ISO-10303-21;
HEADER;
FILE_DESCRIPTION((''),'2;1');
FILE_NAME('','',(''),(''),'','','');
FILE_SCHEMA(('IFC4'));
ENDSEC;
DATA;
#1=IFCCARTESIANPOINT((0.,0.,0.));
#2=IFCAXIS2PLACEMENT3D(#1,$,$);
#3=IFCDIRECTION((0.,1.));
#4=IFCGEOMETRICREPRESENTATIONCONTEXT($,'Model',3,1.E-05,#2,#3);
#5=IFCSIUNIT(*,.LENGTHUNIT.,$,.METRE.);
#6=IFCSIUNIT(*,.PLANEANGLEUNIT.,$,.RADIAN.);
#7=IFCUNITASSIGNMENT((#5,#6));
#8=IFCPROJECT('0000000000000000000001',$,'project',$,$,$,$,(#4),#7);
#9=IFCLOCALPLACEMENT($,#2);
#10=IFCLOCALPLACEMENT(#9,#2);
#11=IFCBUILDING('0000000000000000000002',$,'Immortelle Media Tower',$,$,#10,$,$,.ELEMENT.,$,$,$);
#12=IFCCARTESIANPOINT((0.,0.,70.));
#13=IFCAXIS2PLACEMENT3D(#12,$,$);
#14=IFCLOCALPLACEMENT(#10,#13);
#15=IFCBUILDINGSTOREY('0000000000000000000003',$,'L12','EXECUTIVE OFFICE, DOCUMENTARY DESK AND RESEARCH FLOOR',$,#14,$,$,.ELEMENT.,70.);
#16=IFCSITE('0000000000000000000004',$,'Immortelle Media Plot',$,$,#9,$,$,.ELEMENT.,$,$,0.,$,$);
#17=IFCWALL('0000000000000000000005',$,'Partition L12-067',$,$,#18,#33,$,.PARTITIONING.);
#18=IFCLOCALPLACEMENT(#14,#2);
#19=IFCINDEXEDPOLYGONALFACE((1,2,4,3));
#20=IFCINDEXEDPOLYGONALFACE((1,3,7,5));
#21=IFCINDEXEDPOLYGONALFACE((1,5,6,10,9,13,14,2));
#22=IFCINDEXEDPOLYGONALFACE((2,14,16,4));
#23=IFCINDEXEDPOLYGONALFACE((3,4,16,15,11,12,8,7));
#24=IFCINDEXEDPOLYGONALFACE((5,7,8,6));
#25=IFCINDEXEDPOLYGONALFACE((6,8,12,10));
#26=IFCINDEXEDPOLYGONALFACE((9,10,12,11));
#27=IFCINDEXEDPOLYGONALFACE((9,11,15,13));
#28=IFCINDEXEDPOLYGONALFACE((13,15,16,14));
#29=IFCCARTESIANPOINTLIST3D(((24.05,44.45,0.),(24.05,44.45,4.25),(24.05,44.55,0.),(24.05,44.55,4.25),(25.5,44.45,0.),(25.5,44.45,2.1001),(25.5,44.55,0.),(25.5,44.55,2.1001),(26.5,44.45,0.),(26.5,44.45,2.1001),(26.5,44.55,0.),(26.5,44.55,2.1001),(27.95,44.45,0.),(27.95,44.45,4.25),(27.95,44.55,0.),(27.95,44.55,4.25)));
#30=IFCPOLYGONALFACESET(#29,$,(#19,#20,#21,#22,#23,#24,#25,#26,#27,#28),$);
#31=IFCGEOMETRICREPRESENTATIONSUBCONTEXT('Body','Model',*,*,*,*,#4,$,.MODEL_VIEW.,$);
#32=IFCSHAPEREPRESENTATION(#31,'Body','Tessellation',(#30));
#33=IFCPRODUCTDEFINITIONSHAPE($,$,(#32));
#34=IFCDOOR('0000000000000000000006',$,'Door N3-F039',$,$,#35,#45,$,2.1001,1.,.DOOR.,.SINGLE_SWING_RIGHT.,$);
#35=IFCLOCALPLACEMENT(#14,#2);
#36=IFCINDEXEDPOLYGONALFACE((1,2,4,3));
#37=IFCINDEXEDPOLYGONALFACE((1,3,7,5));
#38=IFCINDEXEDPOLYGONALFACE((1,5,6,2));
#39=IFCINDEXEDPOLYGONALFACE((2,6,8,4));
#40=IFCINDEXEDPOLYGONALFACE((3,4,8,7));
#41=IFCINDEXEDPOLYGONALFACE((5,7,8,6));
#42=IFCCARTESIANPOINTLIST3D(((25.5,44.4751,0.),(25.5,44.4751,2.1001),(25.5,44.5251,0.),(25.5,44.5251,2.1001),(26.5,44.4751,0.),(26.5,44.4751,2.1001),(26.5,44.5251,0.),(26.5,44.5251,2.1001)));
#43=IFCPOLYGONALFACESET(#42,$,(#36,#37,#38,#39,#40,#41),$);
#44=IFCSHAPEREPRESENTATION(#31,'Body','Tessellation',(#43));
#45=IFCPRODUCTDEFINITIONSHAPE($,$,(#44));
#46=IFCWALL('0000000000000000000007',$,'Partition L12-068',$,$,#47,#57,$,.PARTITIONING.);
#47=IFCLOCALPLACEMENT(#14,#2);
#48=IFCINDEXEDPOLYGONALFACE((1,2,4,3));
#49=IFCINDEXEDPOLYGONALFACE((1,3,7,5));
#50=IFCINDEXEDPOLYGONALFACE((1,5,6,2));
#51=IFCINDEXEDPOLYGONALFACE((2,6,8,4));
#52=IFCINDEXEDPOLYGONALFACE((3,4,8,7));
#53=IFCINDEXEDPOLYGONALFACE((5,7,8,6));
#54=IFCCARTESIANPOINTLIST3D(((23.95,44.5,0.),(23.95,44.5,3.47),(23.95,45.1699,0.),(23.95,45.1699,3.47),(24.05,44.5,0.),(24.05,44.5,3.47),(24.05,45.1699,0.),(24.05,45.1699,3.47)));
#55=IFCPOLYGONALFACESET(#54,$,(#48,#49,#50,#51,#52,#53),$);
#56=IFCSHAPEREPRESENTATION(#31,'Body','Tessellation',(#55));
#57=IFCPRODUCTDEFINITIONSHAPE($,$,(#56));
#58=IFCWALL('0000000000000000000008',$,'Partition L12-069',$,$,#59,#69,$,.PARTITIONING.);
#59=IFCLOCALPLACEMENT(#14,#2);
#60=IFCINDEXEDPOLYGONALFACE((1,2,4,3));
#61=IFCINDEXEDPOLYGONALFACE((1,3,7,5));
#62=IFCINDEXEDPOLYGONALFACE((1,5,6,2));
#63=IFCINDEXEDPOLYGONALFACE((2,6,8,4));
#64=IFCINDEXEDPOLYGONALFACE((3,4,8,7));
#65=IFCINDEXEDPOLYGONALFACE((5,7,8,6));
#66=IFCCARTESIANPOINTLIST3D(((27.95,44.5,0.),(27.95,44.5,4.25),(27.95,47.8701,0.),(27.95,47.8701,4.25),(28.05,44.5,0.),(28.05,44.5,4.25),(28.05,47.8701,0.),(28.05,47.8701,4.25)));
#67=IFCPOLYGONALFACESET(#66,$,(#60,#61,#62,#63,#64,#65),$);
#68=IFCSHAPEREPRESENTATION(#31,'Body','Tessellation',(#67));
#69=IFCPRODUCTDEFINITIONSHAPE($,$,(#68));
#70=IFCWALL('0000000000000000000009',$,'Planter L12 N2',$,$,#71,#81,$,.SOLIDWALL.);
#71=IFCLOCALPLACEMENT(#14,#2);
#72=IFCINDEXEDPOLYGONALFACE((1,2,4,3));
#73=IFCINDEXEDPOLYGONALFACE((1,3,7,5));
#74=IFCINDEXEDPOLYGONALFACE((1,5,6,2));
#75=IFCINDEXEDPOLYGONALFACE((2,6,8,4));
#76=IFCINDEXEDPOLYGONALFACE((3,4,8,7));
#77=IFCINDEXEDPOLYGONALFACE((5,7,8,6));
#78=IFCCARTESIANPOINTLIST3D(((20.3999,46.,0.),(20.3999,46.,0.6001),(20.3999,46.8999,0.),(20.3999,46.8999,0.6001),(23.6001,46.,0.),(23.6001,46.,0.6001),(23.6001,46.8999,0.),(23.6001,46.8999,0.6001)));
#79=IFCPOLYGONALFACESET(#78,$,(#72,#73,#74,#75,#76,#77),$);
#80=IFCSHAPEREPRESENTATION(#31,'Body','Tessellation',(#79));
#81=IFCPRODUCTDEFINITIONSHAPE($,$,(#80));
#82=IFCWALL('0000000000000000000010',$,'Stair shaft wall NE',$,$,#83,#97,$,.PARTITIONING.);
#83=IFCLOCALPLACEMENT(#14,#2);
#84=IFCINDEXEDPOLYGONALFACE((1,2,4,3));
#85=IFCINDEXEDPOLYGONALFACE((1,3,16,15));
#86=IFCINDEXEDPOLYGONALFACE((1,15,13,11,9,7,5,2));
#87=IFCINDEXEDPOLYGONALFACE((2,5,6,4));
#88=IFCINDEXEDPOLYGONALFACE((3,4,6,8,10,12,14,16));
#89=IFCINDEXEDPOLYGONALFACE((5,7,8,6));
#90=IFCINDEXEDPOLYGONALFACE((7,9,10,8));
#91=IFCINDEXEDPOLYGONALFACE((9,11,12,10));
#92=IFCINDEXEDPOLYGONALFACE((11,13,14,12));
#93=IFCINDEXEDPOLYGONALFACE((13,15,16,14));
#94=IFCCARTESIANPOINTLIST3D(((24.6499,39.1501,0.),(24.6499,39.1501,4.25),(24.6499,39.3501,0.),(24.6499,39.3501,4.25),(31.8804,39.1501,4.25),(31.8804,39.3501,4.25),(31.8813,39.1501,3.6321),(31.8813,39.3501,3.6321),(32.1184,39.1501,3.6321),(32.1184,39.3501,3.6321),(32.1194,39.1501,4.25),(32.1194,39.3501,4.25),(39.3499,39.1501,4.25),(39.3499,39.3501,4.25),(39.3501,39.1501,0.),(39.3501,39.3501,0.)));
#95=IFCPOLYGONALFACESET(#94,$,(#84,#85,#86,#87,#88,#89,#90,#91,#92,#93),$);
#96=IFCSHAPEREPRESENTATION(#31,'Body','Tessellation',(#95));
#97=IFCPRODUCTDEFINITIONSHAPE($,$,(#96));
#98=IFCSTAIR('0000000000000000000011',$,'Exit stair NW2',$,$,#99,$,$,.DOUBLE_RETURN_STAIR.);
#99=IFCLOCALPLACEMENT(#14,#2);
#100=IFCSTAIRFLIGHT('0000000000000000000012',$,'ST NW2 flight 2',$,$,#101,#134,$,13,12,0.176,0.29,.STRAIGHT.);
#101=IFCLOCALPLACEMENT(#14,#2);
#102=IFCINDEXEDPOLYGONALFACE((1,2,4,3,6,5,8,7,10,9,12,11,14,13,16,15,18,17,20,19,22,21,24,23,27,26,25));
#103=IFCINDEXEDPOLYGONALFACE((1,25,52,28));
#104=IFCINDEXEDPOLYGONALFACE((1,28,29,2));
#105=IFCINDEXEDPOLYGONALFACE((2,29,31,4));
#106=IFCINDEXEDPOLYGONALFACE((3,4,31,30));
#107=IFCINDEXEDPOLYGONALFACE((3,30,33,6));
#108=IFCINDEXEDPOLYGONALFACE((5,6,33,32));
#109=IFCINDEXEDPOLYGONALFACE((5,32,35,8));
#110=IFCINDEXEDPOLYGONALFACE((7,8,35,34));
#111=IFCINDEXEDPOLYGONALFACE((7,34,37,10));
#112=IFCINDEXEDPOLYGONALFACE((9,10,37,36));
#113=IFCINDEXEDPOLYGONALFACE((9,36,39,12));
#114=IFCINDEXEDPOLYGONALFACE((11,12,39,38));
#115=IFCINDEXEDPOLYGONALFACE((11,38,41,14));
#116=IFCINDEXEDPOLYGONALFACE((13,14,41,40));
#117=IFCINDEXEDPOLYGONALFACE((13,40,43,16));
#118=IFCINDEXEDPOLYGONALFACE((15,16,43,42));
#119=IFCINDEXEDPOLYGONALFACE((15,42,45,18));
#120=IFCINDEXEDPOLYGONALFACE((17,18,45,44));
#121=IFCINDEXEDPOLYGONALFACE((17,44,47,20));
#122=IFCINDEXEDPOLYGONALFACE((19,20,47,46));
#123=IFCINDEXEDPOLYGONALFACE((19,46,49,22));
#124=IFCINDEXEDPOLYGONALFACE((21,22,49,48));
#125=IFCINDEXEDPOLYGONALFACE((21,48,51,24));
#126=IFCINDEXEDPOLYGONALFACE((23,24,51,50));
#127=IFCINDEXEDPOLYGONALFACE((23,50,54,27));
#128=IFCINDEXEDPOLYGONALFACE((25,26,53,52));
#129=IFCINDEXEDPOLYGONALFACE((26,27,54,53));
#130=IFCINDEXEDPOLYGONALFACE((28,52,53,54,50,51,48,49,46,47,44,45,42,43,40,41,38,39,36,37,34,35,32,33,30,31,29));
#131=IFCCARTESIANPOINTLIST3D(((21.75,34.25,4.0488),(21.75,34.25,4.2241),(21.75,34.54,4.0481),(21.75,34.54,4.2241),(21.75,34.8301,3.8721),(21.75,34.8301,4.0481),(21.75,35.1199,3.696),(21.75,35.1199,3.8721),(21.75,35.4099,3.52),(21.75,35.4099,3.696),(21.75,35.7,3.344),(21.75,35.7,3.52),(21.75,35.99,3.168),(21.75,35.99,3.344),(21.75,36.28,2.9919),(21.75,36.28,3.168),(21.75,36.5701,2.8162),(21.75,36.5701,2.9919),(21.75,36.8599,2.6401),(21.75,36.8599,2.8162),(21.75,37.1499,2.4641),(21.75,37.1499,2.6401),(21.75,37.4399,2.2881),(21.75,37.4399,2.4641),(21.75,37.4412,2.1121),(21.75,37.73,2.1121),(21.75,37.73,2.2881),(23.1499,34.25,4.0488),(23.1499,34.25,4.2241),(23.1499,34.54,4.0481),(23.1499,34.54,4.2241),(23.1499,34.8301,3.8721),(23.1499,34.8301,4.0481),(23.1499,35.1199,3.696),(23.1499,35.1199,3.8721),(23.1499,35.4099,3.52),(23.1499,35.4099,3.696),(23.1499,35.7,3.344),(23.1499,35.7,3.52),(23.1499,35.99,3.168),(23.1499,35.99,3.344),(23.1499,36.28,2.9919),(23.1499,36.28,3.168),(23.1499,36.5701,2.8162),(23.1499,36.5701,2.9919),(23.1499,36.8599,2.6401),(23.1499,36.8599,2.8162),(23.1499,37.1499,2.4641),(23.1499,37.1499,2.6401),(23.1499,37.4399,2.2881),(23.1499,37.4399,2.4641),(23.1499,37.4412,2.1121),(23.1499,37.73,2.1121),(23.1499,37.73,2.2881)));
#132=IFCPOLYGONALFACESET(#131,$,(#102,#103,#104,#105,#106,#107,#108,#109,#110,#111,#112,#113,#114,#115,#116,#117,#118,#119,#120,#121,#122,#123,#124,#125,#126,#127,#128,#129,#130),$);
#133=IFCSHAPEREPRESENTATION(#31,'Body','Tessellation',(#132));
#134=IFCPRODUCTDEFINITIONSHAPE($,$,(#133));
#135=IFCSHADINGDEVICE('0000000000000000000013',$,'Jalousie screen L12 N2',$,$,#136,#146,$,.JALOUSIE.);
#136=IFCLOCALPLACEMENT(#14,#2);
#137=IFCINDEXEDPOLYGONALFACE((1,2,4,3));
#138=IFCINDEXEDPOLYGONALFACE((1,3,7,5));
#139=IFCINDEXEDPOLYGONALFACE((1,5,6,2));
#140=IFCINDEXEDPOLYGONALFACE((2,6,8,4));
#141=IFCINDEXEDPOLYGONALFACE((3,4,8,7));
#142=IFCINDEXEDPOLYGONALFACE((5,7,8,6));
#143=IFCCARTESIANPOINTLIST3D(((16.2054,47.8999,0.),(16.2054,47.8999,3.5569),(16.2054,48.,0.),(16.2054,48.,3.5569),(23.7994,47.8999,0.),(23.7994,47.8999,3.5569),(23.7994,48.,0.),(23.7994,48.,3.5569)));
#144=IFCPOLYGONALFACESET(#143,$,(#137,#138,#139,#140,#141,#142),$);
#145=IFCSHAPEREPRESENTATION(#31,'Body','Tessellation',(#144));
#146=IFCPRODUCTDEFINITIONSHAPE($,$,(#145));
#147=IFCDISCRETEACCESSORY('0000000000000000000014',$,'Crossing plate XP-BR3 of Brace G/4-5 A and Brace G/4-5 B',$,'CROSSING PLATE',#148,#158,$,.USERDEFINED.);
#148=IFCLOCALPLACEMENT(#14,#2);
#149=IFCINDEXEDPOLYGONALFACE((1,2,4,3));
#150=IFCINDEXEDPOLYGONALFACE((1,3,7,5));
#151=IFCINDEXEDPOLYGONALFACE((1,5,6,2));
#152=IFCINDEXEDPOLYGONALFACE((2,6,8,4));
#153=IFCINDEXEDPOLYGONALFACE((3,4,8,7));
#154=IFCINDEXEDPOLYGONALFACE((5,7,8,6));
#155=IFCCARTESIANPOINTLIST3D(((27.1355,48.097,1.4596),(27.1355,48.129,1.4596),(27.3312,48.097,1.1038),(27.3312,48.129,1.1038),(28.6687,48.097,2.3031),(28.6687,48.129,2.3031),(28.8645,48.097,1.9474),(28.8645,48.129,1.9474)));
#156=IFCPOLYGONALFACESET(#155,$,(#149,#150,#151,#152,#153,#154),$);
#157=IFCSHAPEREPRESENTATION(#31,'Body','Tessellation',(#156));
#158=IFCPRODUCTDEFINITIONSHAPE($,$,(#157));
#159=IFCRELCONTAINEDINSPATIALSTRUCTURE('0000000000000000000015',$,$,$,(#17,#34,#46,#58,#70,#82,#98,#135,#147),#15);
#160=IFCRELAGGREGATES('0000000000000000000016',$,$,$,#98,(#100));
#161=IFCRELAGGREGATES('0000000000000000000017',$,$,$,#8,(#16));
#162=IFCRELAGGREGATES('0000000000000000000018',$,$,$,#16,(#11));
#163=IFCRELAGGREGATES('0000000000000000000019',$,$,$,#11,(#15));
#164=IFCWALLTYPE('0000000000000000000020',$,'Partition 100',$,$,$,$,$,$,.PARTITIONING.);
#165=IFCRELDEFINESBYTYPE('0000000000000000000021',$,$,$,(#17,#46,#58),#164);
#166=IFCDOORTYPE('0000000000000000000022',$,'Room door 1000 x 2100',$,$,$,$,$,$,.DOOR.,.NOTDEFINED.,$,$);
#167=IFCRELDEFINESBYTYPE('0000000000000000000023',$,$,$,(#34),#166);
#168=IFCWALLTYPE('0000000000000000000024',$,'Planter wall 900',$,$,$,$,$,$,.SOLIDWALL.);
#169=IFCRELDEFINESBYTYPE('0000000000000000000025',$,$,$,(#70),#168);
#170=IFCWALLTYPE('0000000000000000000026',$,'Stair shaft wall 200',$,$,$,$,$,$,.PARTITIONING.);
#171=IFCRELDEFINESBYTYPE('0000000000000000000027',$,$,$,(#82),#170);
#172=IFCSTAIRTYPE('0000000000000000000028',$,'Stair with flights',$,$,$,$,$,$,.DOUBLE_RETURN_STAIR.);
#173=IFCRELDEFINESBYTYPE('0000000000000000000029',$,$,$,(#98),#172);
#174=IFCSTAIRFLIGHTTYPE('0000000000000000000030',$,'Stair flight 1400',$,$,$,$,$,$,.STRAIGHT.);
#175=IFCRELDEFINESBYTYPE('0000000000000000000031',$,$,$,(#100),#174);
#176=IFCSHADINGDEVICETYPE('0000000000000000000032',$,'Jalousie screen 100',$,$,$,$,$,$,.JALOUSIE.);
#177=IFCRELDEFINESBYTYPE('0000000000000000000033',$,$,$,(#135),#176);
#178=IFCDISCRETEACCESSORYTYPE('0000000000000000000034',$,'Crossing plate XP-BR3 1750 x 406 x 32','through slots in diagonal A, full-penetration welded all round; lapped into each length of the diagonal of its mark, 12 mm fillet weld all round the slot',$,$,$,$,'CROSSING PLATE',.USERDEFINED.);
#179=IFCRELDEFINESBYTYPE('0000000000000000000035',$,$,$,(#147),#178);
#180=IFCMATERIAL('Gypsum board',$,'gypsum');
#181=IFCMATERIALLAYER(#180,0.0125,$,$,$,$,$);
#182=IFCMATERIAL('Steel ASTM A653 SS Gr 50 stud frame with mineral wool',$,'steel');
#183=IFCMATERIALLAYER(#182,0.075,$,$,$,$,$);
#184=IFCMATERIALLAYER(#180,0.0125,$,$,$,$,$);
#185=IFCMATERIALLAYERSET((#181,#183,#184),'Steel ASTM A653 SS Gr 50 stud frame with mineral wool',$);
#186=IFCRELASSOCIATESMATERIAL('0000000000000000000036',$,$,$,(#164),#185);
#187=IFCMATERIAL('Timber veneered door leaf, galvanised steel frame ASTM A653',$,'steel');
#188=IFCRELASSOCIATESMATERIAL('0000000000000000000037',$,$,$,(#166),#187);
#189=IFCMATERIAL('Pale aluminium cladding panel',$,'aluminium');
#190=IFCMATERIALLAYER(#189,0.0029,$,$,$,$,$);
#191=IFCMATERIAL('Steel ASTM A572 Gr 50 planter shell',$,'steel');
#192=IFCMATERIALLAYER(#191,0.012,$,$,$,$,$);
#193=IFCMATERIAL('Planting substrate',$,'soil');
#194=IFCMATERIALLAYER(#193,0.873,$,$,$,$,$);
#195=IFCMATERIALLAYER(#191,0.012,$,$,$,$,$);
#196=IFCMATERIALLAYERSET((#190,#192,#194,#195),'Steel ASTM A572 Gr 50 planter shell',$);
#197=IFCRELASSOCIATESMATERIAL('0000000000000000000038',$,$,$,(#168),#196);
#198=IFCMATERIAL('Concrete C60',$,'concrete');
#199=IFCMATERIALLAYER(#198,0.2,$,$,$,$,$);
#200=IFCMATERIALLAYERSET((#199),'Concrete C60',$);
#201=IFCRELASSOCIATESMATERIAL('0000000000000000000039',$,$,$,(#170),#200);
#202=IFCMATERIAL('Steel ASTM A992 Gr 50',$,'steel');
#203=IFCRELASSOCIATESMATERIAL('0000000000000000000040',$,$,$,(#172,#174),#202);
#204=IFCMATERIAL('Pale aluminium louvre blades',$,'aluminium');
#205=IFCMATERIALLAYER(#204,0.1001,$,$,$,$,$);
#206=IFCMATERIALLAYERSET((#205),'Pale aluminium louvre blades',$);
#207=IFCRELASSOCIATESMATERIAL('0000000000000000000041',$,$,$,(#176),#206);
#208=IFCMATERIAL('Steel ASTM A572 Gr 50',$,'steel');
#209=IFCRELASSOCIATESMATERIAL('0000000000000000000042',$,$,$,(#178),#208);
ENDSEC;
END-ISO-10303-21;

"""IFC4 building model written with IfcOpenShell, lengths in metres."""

from ifc_helpers import new_model, si_unit, direction, frame, frame_2d, origin, origin_2d, place, context, subcontext, project, spatial, polyline, rectangle, outline, extrude, material, layer, layer_set, material_profile, profile_set, type_object, element, fill, aggregate, save


model = new_model("IFC4")

# Units and contexts
model_context = context("Model", 3, precision=1e-05, world=origin(), true_north=direction((0.0, 1.0)))
body_context = subcontext(model_context, "Body", "Model", "MODEL_VIEW")
ifc_project = project(units=[si_unit("LENGTHUNIT", "METRE"), si_unit("PLANEANGLEUNIT", "RADIAN")], contexts=[model_context])

# Site, building, storey
site_placement = place(None, origin())
site = spatial("IfcSite", under=ifc_project, at=site_placement, Name="Immortelle Media Plot", CompositionType="ELEMENT", RefElevation=0.0)
building_placement = place(site_placement, origin())
building = spatial("IfcBuilding", under=site, at=building_placement, Name="Immortelle Media Tower", CompositionType="ELEMENT")
storey_placement = place(building_placement, frame((0.0, 0.0, 70.0)))
storey = spatial("IfcBuildingStorey", under=building, at=storey_placement, Name="L12", Description="EXECUTIVE OFFICE, DOCUMENTARY DESK AND RESEARCH FLOOR", CompositionType="ELEMENT", Elevation=70.0)

# Shared definitions
ifc_material_1 = material(Name="Steel ASTM A992 Gr 50", Category="steel")

# Shared definitions
ifc_material_2 = material(Name="Pale aluminium cladding panel", Category="aluminium")
ifc_material_3 = material(Name="Steel ASTM A653 SS Gr 50 stud frame with mineral wool", Category="steel")

# Shared definitions
ifc_material_4 = material(Name="Gypsum board", Category="gypsum")
ifc_layer_1 = layer(ifc_material_4, 0.0125)
ifc_layer_2 = layer(ifc_material_3, 0.075)
ifc_layer_3 = layer(ifc_material_4, 0.0125)
ifc_layer_set_1 = layer_set([ifc_layer_1, ifc_layer_2, ifc_layer_3], Name="Steel ASTM A653 SS Gr 50 stud frame with mineral wool")
wall_type_1 = type_object("IfcWallType", Name="Partition 100", PredefinedType="PARTITIONING", material=ifc_layer_set_1)

# Wall, opening, door
wall_1_placement = place(storey_placement, frame((24.05, 44.5, 0.0), z_axis=(0.0, 0.0, 1.0), x_axis=(1.0, 0.0, 0.0)))
wall_1 = element("IfcWall", 1, at=wall_1_placement, inside=storey, type_object=wall_type_1, Name="Partition L12-067", PredefinedType="PARTITIONING", context=body_context, shape_type="SweptSolid", body=[
    extrude(rectangle(XDim=3.8999, YDim=0.1001, at=frame_2d((1.95, 0.0))), origin(), (0.0, 0.0, 1.0), 4.25),
])
opening_1_placement = place(wall_1_placement, frame((2.45, 0.0, 0.0), z_axis=(0.0, 0.0, 1.0), x_axis=(-1.0, 0.0, 0.0)))
opening_1 = element("IfcOpeningElement", 2, at=opening_1_placement, cuts=wall_1, PredefinedType="OPENING", context=body_context, shape_type="SweptSolid", body=[
    extrude(rectangle(XDim=1.0, YDim=2.1001, at=frame_2d((0.5, 1.05))), frame((0.0, 0.0601, 0.0), z_axis=(0.0, -1.0, 0.0), x_axis=(1.0, 0.0, 0.0)), (0.0, 0.0, 1.0), 0.1201),
])
ifc_material_5 = material(Name="Timber veneered door leaf, galvanised steel frame ASTM A653", Category="steel")
door_type_1 = type_object("IfcDoorType", Name="Room door 1000 x 2100", OperationType="NOTDEFINED", PredefinedType="DOOR", material=ifc_material_5)
door_1_placement = place(opening_1_placement, origin())
door_1 = element("IfcDoor", 3, at=door_1_placement, inside=storey, type_object=door_type_1, Name="Door N3-F039", OperationType="SINGLE_SWING_RIGHT", OverallHeight=2.1001, OverallWidth=1.0, PredefinedType="DOOR", context=body_context, shape_type="SweptSolid", body=[
    extrude(rectangle(XDim=1.0, YDim=2.1001, at=frame_2d((0.5, 1.05))), frame((0.0, 0.0249, 0.0), z_axis=(0.0, -1.0, 0.0), x_axis=(1.0, 0.0, 0.0)), (0.0, 0.0, 1.0), 0.05),
])
fill(opening_1, door_1)

# Walls
wall_2_placement = place(storey_placement, frame((24.0, 44.5, 0.0), z_axis=(0.0, 0.0, 1.0), x_axis=(0.0, 1.0, 0.0)))
element("IfcWall", 4, at=wall_2_placement, inside=storey, type_object=wall_type_1, Name="Partition L12-068", PredefinedType="PARTITIONING", context=body_context, shape_type="SweptSolid", body=[
    extrude(rectangle(XDim=0.6699, YDim=0.1001, at=frame_2d((0.335, 0.0))), origin(), (0.0, 0.0, 1.0), 3.47),
])
wall_3_placement = place(storey_placement, frame((28.0, 44.5, 0.0), z_axis=(0.0, 0.0, 1.0), x_axis=(0.0, 1.0, 0.0)))
element("IfcWall", 5, at=wall_3_placement, inside=storey, type_object=wall_type_1, Name="Partition L12-069", PredefinedType="PARTITIONING", context=body_context, shape_type="SweptSolid", body=[
    extrude(rectangle(XDim=3.3701, YDim=0.1001, at=frame_2d((1.6851, 0.0))), origin(), (0.0, 0.0, 1.0), 4.25),
])
ifc_layer_4 = layer(ifc_material_2, 0.0029)
ifc_material_6 = material(Name="Steel ASTM A572 Gr 50 planter shell", Category="steel")
ifc_layer_5 = layer(ifc_material_6, 0.012)
ifc_material_7 = material(Name="Planting substrate", Category="soil")
ifc_layer_6 = layer(ifc_material_7, 0.873)
ifc_layer_7 = layer(ifc_material_6, 0.012)
ifc_layer_set_2 = layer_set([ifc_layer_4, ifc_layer_5, ifc_layer_6, ifc_layer_7], Name="Steel ASTM A572 Gr 50 planter shell")
wall_type_2 = type_object("IfcWallType", Name="Planter wall 900", PredefinedType="SOLIDWALL", material=ifc_layer_set_2)
wall_4_placement = place(storey_placement, frame((23.6001, 46.45, 0.0), z_axis=(0.0, 0.0, 1.0), x_axis=(-1.0, 0.0, 0.0)))
element("IfcWall", 6, at=wall_4_placement, inside=storey, type_object=wall_type_2, Name="Planter L12 N2", PredefinedType="SOLIDWALL", context=body_context, shape_type="SweptSolid", body=[
    extrude(rectangle(XDim=3.2002, YDim=0.8999, at=frame_2d((1.6001, 0.0))), origin(), (0.0, 0.0, 1.0), 0.6001),
])
ifc_material_8 = material(Name="Concrete C60", Category="concrete")
ifc_layer_8 = layer(ifc_material_8, 0.2)
ifc_layer_set_3 = layer_set([ifc_layer_8], Name="Concrete C60")
wall_type_3 = type_object("IfcWallType", Name="Stair shaft wall 200", PredefinedType="PARTITIONING", material=ifc_layer_set_3)
wall_5_placement = place(storey_placement, frame((24.6499, 39.25, 0.0), z_axis=(0.0, 0.0, 1.0), x_axis=(1.0, 0.0, 0.0)))
element("IfcWall", 7, at=wall_5_placement, inside=storey, type_object=wall_type_3, Name="Stair shaft wall NE", PredefinedType="PARTITIONING", context=body_context, shape_type="SweptSolid", body=[
    extrude(outline(polyline([(0.0, 0.0), (14.7002, 0.0), (14.7, 4.25), (7.4695, 4.25), (7.4685, 3.6321), (7.2314, 3.6321), (7.2305, 4.25), (0.0, 4.25), (0.0, 0.0)])), frame((0.0, 0.1001, 0.0), z_axis=(0.0, -1.0, 0.0), x_axis=(1.0, 0.0, 0.0)), (0.0, 0.0, 1.0), 0.2),
])

# Stair, stair flight
stair_type = type_object("IfcStairType", Name="Stair with flights", PredefinedType="DOUBLE_RETURN_STAIR", material=ifc_material_1)
stair_placement = place(storey_placement, origin())
stair = element("IfcStair", 8, at=stair_placement, inside=storey, type_object=stair_type, Name="Exit stair NW2", PredefinedType="DOUBLE_RETURN_STAIR")
stair_flight_type = type_object("IfcStairFlightType", Name="Stair flight 1400", PredefinedType="STRAIGHT", material=ifc_material_1)
stair_flight_placement = place(storey_placement, frame((22.45, 37.73, 2.1121), z_axis=(0.0, 0.0, 1.0), x_axis=(0.0, -1.0, 0.0)))
stair_flight = element("IfcStairFlight", 9, at=stair_flight_placement, type_object=stair_flight_type, Name="ST NW2 flight 2", NumberOfRisers=13, NumberOfTreads=12, PredefinedType="STRAIGHT", RiserHeight=0.176, TreadLength=0.29, context=body_context, shape_type="SweptSolid", body=[
    extrude(outline(polyline([(0.0, 0.0), (0.0, 0.176), (0.29, 0.176), (0.29, 0.3521), (0.5801, 0.3521), (0.5801, 0.5281), (0.8701, 0.5281), (0.8701, 0.7041), (1.1599, 0.7041), (1.1599, 0.8799), (1.45, 0.8799), (1.45, 1.0559), (1.74, 1.0559), (1.74, 1.2319), (2.03, 1.2319), (2.03, 1.408), (2.3201, 1.408), (2.3201, 1.584), (2.6101, 1.584), (2.6101, 1.76), (2.8999, 1.76), (2.8999, 1.936), (3.1899, 1.936), (3.1899, 2.1121), (3.48, 2.1121), (3.48, 2.2881), (3.48, 1.9368), (0.2888, 0.0), (0.0, 0.0)])), frame((0.0, 0.7, 0.0), z_axis=(0.0, -1.0, 0.0), x_axis=(1.0, 0.0, 0.0)), (0.0, 0.0, 1.0), 1.3999),
])
aggregate(stair, [stair_flight])

# Shading device
ifc_material_9 = material(Name="Pale aluminium louvre blades", Category="aluminium")
ifc_layer_9 = layer(ifc_material_9, 0.1001)
ifc_layer_set_4 = layer_set([ifc_layer_9], Name="Pale aluminium louvre blades")
shading_device_type = type_object("IfcShadingDeviceType", Name="Jalousie screen 100", PredefinedType="JALOUSIE", material=ifc_layer_set_4)
shading_device_placement = place(storey_placement, frame((20.0024, 47.95, 0.0), z_axis=(0.0, 0.0, 1.0), x_axis=(-1.0, 0.0, 0.0)))
element("IfcShadingDevice", 10, at=shading_device_placement, inside=storey, type_object=shading_device_type, Name="Jalousie screen L12 N2", PredefinedType="JALOUSIE", context=body_context, shape_type="SweptSolid", body=[
    extrude(rectangle(XDim=7.594, YDim=0.1001, at=origin_2d()), origin(), (0.0, 0.0, 1.0), 3.5569),
])

# Discrete accessory
ifc_material_10 = material(Name="Steel ASTM A572 Gr 50", Category="steel")
ifc_material_profile_1 = material_profile(ifc_material_10, rectangle(XDim=0.032, YDim=0.406, at=origin_2d()), Name="PL 32 x 406")
ifc_profile_set_1 = profile_set([ifc_material_profile_1], Name="Steel ASTM A572 Gr 50")
discrete_accessory_type_1 = type_object("IfcDiscreteAccessoryType", Name="Crossing plate XP-BR3 1750 x 406 x 32", Description="through slots in diagonal A, full-penetration welded all round; lapped into each length of the diagonal of its mark, 12 mm fillet weld all round the slot", ElementType="CROSSING PLATE", PredefinedType="USERDEFINED", material=ifc_profile_set_1)
discrete_accessory_placement = place(storey_placement, frame((28.7666, 48.113, 2.1252), z_axis=(-0.876157, 0.0, -0.482026), x_axis=(0.0, -1.0, 0.0)))
element("IfcDiscreteAccessory", 11, at=discrete_accessory_placement, inside=storey, type_object=discrete_accessory_type_1, Name="Crossing plate XP-BR3 of Brace G/4-5 A and Brace G/4-5 B", ObjectType="CROSSING PLATE", PredefinedType="USERDEFINED", context=body_context, shape_type="SweptSolid", body=[
    extrude(rectangle(XDim=0.032, YDim=0.406, at=origin_2d()), origin(), (0.0, 0.0, 1.0), 1.75),
])

save(model, "model.ifc")
